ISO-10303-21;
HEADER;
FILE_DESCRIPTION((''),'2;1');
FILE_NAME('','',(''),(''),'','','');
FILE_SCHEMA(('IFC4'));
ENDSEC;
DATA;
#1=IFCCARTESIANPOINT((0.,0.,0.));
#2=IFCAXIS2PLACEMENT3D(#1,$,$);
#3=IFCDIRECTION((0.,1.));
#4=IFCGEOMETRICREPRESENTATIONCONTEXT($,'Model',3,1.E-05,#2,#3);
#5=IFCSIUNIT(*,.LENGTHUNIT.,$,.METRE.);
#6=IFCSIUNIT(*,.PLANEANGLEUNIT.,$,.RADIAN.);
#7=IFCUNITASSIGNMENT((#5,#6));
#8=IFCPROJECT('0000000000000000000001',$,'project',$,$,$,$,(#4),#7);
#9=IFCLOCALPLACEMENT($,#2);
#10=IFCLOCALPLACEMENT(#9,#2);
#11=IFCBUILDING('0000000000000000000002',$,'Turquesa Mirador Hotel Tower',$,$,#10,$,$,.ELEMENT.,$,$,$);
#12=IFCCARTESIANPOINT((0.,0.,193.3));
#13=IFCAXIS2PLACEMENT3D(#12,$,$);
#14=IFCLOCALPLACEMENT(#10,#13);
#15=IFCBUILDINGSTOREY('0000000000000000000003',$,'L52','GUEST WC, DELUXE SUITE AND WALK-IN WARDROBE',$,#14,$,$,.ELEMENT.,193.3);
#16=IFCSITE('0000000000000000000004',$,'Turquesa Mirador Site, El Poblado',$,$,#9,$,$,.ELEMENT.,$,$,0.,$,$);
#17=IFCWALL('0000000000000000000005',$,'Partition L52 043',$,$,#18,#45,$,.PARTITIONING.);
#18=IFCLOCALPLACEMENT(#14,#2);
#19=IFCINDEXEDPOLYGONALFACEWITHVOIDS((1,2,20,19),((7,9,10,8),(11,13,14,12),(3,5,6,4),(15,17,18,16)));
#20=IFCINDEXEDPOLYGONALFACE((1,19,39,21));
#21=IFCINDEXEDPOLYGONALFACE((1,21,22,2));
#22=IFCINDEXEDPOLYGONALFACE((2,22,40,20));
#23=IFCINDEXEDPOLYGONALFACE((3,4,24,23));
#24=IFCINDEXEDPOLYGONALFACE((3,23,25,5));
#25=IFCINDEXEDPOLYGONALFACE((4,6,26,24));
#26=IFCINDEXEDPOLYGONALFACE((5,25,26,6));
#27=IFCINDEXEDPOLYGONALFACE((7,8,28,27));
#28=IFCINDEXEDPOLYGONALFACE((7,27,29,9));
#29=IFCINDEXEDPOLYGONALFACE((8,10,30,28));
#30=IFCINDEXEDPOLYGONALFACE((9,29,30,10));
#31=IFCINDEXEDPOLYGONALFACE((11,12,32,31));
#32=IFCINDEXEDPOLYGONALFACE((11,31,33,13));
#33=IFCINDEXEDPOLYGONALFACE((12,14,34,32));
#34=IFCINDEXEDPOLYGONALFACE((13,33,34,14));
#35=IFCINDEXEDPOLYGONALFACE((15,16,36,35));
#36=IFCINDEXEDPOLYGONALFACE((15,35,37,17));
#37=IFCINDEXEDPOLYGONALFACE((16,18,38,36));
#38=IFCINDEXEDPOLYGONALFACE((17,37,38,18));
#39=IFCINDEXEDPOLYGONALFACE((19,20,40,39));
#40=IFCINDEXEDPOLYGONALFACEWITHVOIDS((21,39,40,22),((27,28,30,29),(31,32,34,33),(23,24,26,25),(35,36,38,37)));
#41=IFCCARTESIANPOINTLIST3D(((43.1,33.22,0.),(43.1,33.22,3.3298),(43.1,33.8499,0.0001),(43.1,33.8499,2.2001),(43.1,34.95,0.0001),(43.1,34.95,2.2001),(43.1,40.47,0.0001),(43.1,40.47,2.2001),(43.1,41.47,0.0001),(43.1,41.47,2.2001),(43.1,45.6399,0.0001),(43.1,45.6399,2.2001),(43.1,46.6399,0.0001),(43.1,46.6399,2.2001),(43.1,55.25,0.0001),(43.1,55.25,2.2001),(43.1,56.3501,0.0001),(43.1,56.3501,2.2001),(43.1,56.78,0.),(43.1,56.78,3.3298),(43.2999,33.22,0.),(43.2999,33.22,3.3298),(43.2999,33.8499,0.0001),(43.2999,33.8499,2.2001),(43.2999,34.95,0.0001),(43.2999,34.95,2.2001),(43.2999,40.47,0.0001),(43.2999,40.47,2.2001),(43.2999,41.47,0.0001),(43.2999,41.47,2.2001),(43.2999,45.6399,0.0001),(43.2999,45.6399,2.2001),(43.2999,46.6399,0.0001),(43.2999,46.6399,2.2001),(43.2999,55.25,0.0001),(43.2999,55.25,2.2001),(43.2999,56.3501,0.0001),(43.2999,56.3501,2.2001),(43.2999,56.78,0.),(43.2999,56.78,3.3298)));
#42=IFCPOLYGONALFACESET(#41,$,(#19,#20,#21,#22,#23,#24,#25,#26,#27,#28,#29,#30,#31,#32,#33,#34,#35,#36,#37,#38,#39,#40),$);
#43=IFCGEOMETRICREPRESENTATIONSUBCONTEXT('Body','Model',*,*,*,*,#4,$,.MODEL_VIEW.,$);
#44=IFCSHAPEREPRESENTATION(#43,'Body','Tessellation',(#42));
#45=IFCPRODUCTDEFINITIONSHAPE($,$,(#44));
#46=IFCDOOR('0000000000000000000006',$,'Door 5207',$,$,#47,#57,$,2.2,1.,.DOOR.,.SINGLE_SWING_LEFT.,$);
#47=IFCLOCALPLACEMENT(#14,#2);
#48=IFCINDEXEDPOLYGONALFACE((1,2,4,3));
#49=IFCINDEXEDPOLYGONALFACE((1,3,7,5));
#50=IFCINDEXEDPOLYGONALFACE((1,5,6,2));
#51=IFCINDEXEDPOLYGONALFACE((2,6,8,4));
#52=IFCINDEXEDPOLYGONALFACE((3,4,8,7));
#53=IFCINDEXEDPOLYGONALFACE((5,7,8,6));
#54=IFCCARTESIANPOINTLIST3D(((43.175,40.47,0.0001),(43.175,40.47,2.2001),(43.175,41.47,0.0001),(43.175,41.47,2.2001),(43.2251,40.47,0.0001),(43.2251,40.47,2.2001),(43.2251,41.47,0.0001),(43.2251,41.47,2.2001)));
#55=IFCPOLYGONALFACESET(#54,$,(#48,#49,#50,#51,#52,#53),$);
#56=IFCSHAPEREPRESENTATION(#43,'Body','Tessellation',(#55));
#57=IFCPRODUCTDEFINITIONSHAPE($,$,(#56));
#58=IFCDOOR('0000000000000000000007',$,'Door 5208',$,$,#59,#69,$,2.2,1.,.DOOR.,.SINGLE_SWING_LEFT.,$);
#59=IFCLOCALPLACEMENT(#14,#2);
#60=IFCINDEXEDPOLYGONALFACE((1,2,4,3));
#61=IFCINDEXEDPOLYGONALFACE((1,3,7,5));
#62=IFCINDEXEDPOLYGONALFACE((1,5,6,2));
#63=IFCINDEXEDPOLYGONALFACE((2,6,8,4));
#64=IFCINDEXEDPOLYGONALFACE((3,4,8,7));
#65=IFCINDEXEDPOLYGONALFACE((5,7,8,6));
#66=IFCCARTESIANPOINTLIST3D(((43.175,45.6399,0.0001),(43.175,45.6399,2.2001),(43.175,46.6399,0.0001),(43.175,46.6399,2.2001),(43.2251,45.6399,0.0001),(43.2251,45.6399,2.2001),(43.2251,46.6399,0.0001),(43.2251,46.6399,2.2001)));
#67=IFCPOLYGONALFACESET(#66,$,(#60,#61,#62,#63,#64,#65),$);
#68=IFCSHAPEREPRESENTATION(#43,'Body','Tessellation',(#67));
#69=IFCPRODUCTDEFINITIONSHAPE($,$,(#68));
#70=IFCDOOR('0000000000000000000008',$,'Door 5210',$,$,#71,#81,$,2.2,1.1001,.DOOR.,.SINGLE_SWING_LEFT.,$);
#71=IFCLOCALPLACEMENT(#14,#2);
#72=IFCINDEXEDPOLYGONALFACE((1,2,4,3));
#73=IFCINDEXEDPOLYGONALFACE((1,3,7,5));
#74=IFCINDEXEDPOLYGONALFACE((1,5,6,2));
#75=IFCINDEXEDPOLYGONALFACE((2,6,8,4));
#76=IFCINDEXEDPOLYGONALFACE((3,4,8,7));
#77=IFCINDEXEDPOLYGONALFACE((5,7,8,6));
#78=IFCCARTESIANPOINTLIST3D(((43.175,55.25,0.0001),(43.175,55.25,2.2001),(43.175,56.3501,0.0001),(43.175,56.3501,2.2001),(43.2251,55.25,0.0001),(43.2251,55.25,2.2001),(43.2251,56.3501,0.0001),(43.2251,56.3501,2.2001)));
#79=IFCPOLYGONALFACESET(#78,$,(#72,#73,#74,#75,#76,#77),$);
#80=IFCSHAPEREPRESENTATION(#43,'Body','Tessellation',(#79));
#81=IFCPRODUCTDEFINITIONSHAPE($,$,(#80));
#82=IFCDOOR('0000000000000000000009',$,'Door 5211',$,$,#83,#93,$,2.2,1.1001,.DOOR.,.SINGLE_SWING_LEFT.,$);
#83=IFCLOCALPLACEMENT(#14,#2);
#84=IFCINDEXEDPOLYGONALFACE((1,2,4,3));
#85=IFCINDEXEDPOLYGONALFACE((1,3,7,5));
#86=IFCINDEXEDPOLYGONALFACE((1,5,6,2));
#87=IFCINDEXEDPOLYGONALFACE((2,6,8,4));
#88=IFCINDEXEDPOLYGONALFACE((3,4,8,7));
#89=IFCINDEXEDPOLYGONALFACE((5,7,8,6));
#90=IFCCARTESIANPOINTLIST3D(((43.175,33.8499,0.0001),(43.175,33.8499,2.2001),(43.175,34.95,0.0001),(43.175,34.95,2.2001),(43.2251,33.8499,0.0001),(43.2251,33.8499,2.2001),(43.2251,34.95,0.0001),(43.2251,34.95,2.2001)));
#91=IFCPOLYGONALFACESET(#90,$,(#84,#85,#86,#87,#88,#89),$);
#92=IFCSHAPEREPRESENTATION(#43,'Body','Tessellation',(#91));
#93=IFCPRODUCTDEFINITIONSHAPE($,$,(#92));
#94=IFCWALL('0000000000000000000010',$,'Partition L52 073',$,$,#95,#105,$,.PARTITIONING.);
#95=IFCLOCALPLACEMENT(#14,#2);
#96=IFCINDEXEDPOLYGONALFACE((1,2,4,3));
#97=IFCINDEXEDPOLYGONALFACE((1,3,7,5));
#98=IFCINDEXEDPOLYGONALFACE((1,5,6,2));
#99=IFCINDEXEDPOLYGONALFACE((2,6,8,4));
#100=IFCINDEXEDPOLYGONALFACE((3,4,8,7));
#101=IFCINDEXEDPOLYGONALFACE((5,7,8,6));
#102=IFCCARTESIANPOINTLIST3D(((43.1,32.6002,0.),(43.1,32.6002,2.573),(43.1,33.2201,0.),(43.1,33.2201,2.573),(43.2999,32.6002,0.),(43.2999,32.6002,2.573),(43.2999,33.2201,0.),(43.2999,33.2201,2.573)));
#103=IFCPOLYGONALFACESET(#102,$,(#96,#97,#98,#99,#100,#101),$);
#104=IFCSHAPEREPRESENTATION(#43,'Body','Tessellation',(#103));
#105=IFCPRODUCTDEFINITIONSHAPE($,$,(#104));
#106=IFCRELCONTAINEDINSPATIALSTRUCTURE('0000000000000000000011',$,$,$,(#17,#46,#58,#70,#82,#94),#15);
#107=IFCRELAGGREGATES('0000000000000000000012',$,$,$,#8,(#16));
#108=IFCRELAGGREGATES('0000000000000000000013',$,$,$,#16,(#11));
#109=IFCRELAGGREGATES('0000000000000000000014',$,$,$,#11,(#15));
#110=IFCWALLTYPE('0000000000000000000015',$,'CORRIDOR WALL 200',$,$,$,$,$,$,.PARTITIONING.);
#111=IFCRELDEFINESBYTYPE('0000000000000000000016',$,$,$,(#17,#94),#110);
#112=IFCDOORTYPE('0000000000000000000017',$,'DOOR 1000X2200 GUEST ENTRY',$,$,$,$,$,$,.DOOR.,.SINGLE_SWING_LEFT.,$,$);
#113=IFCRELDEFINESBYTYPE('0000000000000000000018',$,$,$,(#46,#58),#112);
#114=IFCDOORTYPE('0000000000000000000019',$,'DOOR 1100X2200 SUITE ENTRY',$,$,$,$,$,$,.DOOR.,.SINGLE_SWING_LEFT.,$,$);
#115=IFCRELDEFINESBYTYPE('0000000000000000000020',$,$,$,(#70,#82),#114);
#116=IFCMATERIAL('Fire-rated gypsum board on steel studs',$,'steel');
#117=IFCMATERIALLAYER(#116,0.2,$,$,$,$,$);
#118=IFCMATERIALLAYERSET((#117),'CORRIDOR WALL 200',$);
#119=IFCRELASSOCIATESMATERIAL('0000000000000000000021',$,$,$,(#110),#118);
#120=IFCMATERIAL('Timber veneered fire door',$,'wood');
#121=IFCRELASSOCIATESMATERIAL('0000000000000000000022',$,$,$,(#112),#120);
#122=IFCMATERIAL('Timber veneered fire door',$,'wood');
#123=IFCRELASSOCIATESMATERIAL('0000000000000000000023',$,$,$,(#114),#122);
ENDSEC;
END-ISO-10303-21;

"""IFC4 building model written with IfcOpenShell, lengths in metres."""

from ifc_helpers import new_model, si_unit, direction, frame, frame_2d, origin, place, context, subcontext, project, spatial, rectangle, extrude, material, layer, layer_set, type_object, element, fill, save


model = new_model("IFC4")

# Units and contexts
model_context = context("Model", 3, precision=1e-05, world=origin(), true_north=direction((0.0, 1.0)))
body_context = subcontext(model_context, "Body", "Model", "MODEL_VIEW")
ifc_project = project(units=[si_unit("LENGTHUNIT", "METRE"), si_unit("PLANEANGLEUNIT", "RADIAN")], contexts=[model_context])

# Site, building, storey
site_placement = place(None, origin())
site = spatial("IfcSite", under=ifc_project, at=site_placement, Name="Turquesa Mirador Site, El Poblado", CompositionType="ELEMENT", RefElevation=0.0)
building_placement = place(site_placement, origin())
building = spatial("IfcBuilding", under=site, at=building_placement, Name="Turquesa Mirador Hotel Tower", CompositionType="ELEMENT")
storey_placement = place(building_placement, frame((0.0, 0.0, 193.3)))
storey = spatial("IfcBuildingStorey", under=building, at=storey_placement, Name="L52", Description="GUEST WC, DELUXE SUITE AND WALK-IN WARDROBE", CompositionType="ELEMENT", Elevation=193.3)

# Wall, openings, doors
ifc_material_1 = material(Name="Fire-rated gypsum board on steel studs", Category="steel")
ifc_layer_1 = layer(ifc_material_1, 0.2)
ifc_layer_set_1 = layer_set([ifc_layer_1], Name="CORRIDOR WALL 200")
wall_type_1 = type_object("IfcWallType", Name="CORRIDOR WALL 200", PredefinedType="PARTITIONING", material=ifc_layer_set_1)
ifc_material_2 = material(Name="Timber veneered fire door", Category="wood")
door_type_1 = type_object("IfcDoorType", Name="DOOR 1000X2200 GUEST ENTRY", OperationType="SINGLE_SWING_LEFT", PredefinedType="DOOR", material=ifc_material_2)
ifc_material_3 = material(Name="Timber veneered fire door", Category="wood")
door_type_2 = type_object("IfcDoorType", Name="DOOR 1100X2200 SUITE ENTRY", OperationType="SINGLE_SWING_LEFT", PredefinedType="DOOR", material=ifc_material_3)
wall_1_placement = place(storey_placement, frame((43.2, 33.22, 0.0), z_axis=(0.0, 0.0, 1.0), x_axis=(0.0, 1.0, 0.0)))
wall_1 = element("IfcWall", 1, at=wall_1_placement, inside=storey, type_object=wall_type_1, Name="Partition L52 043", PredefinedType="PARTITIONING", context=body_context, shape_type="SweptSolid", body=[
    extrude(rectangle(XDim=23.5601, YDim=0.2, at=frame_2d((11.78, 0.0))), origin(), (0.0, 0.0, 1.0), 3.3298),
])
opening_1_placement = place(wall_1_placement, frame((7.25, 0.0, 0.0)))
opening_1 = element("IfcOpeningElement", 2, at=opening_1_placement, cuts=wall_1, PredefinedType="OPENING", context=body_context, shape_type="SweptSolid", body=[
    extrude(rectangle(XDim=1.0, YDim=2.2, at=frame_2d((0.5, 1.1001))), frame((0.0, 0.1099, 0.0), z_axis=(0.0, -1.0, 0.0), x_axis=(1.0, 0.0, 0.0)), (0.0, 0.0, 1.0), 0.22),
])
opening_2_placement = place(wall_1_placement, frame((12.4199, 0.0, 0.0)))
opening_2 = element("IfcOpeningElement", 3, at=opening_2_placement, cuts=wall_1, PredefinedType="OPENING", context=body_context, shape_type="SweptSolid", body=[
    extrude(rectangle(XDim=1.0, YDim=2.2, at=frame_2d((0.5, 1.1001))), frame((0.0, 0.1099, 0.0), z_axis=(0.0, -1.0, 0.0), x_axis=(1.0, 0.0, 0.0)), (0.0, 0.0, 1.0), 0.22),
])
opening_3_placement = place(wall_1_placement, frame((22.03, 0.0, 0.0)))
opening_3 = element("IfcOpeningElement", 4, at=opening_3_placement, cuts=wall_1, PredefinedType="OPENING", context=body_context, shape_type="SweptSolid", body=[
    extrude(rectangle(XDim=1.1001, YDim=2.2, at=frame_2d((0.55, 1.1001))), frame((0.0, 0.1099, 0.0), z_axis=(0.0, -1.0, 0.0), x_axis=(1.0, 0.0, 0.0)), (0.0, 0.0, 1.0), 0.22),
])
opening_4_placement = place(wall_1_placement, frame((0.6299, 0.0, 0.0)))
opening_4 = element("IfcOpeningElement", 5, at=opening_4_placement, cuts=wall_1, PredefinedType="OPENING", context=body_context, shape_type="SweptSolid", body=[
    extrude(rectangle(XDim=1.1001, YDim=2.2, at=frame_2d((0.55, 1.1001))), frame((0.0, 0.1099, 0.0), z_axis=(0.0, -1.0, 0.0), x_axis=(1.0, 0.0, 0.0)), (0.0, 0.0, 1.0), 0.22),
])
door_1_placement = place(opening_1_placement, origin())
door_1 = element("IfcDoor", 6, at=door_1_placement, inside=storey, type_object=door_type_1, Name="Door 5207", OperationType="SINGLE_SWING_LEFT", OverallHeight=2.2, OverallWidth=1.0, PredefinedType="DOOR", context=body_context, shape_type="SweptSolid", body=[
    extrude(rectangle(XDim=1.0, YDim=2.2, at=frame_2d((0.5, 1.1001))), frame((0.0, 0.0249, 0.0), z_axis=(0.0, -1.0, 0.0), x_axis=(1.0, 0.0, 0.0)), (0.0, 0.0, 1.0), 0.05),
])
fill(opening_1, door_1)
door_2_placement = place(opening_2_placement, origin())
door_2 = element("IfcDoor", 7, at=door_2_placement, inside=storey, type_object=door_type_1, Name="Door 5208", OperationType="SINGLE_SWING_LEFT", OverallHeight=2.2, OverallWidth=1.0, PredefinedType="DOOR", context=body_context, shape_type="SweptSolid", body=[
    extrude(rectangle(XDim=1.0, YDim=2.2, at=frame_2d((0.5, 1.1001))), frame((0.0, 0.0249, 0.0), z_axis=(0.0, -1.0, 0.0), x_axis=(1.0, 0.0, 0.0)), (0.0, 0.0, 1.0), 0.05),
])
fill(opening_2, door_2)
door_3_placement = place(opening_3_placement, origin())
door_3 = element("IfcDoor", 8, at=door_3_placement, inside=storey, type_object=door_type_2, Name="Door 5210", OperationType="SINGLE_SWING_LEFT", OverallHeight=2.2, OverallWidth=1.1001, PredefinedType="DOOR", context=body_context, shape_type="SweptSolid", body=[
    extrude(rectangle(XDim=1.1001, YDim=2.2, at=frame_2d((0.55, 1.1001))), frame((0.0, 0.0249, 0.0), z_axis=(0.0, -1.0, 0.0), x_axis=(1.0, 0.0, 0.0)), (0.0, 0.0, 1.0), 0.05),
])
fill(opening_3, door_3)
door_4_placement = place(opening_4_placement, origin())
door_4 = element("IfcDoor", 9, at=door_4_placement, inside=storey, type_object=door_type_2, Name="Door 5211", OperationType="SINGLE_SWING_LEFT", OverallHeight=2.2, OverallWidth=1.1001, PredefinedType="DOOR", context=body_context, shape_type="SweptSolid", body=[
    extrude(rectangle(XDim=1.1001, YDim=2.2, at=frame_2d((0.55, 1.1001))), frame((0.0, 0.0249, 0.0), z_axis=(0.0, -1.0, 0.0), x_axis=(1.0, 0.0, 0.0)), (0.0, 0.0, 1.0), 0.05),
])
fill(opening_4, door_4)

# Wall
wall_2_placement = place(storey_placement, frame((43.2, 32.6001, 0.0), z_axis=(0.0, 0.0, 1.0), x_axis=(0.0, 1.0, 0.0)))
element("IfcWall", 10, at=wall_2_placement, inside=storey, type_object=wall_type_1, Name="Partition L52 073", PredefinedType="PARTITIONING", context=body_context, shape_type="SweptSolid", body=[
    extrude(rectangle(XDim=0.6199, YDim=0.2, at=frame_2d((0.3101, 0.0))), origin(), (0.0, 0.0, 1.0), 2.573),
])

save(model, "model.ifc")
